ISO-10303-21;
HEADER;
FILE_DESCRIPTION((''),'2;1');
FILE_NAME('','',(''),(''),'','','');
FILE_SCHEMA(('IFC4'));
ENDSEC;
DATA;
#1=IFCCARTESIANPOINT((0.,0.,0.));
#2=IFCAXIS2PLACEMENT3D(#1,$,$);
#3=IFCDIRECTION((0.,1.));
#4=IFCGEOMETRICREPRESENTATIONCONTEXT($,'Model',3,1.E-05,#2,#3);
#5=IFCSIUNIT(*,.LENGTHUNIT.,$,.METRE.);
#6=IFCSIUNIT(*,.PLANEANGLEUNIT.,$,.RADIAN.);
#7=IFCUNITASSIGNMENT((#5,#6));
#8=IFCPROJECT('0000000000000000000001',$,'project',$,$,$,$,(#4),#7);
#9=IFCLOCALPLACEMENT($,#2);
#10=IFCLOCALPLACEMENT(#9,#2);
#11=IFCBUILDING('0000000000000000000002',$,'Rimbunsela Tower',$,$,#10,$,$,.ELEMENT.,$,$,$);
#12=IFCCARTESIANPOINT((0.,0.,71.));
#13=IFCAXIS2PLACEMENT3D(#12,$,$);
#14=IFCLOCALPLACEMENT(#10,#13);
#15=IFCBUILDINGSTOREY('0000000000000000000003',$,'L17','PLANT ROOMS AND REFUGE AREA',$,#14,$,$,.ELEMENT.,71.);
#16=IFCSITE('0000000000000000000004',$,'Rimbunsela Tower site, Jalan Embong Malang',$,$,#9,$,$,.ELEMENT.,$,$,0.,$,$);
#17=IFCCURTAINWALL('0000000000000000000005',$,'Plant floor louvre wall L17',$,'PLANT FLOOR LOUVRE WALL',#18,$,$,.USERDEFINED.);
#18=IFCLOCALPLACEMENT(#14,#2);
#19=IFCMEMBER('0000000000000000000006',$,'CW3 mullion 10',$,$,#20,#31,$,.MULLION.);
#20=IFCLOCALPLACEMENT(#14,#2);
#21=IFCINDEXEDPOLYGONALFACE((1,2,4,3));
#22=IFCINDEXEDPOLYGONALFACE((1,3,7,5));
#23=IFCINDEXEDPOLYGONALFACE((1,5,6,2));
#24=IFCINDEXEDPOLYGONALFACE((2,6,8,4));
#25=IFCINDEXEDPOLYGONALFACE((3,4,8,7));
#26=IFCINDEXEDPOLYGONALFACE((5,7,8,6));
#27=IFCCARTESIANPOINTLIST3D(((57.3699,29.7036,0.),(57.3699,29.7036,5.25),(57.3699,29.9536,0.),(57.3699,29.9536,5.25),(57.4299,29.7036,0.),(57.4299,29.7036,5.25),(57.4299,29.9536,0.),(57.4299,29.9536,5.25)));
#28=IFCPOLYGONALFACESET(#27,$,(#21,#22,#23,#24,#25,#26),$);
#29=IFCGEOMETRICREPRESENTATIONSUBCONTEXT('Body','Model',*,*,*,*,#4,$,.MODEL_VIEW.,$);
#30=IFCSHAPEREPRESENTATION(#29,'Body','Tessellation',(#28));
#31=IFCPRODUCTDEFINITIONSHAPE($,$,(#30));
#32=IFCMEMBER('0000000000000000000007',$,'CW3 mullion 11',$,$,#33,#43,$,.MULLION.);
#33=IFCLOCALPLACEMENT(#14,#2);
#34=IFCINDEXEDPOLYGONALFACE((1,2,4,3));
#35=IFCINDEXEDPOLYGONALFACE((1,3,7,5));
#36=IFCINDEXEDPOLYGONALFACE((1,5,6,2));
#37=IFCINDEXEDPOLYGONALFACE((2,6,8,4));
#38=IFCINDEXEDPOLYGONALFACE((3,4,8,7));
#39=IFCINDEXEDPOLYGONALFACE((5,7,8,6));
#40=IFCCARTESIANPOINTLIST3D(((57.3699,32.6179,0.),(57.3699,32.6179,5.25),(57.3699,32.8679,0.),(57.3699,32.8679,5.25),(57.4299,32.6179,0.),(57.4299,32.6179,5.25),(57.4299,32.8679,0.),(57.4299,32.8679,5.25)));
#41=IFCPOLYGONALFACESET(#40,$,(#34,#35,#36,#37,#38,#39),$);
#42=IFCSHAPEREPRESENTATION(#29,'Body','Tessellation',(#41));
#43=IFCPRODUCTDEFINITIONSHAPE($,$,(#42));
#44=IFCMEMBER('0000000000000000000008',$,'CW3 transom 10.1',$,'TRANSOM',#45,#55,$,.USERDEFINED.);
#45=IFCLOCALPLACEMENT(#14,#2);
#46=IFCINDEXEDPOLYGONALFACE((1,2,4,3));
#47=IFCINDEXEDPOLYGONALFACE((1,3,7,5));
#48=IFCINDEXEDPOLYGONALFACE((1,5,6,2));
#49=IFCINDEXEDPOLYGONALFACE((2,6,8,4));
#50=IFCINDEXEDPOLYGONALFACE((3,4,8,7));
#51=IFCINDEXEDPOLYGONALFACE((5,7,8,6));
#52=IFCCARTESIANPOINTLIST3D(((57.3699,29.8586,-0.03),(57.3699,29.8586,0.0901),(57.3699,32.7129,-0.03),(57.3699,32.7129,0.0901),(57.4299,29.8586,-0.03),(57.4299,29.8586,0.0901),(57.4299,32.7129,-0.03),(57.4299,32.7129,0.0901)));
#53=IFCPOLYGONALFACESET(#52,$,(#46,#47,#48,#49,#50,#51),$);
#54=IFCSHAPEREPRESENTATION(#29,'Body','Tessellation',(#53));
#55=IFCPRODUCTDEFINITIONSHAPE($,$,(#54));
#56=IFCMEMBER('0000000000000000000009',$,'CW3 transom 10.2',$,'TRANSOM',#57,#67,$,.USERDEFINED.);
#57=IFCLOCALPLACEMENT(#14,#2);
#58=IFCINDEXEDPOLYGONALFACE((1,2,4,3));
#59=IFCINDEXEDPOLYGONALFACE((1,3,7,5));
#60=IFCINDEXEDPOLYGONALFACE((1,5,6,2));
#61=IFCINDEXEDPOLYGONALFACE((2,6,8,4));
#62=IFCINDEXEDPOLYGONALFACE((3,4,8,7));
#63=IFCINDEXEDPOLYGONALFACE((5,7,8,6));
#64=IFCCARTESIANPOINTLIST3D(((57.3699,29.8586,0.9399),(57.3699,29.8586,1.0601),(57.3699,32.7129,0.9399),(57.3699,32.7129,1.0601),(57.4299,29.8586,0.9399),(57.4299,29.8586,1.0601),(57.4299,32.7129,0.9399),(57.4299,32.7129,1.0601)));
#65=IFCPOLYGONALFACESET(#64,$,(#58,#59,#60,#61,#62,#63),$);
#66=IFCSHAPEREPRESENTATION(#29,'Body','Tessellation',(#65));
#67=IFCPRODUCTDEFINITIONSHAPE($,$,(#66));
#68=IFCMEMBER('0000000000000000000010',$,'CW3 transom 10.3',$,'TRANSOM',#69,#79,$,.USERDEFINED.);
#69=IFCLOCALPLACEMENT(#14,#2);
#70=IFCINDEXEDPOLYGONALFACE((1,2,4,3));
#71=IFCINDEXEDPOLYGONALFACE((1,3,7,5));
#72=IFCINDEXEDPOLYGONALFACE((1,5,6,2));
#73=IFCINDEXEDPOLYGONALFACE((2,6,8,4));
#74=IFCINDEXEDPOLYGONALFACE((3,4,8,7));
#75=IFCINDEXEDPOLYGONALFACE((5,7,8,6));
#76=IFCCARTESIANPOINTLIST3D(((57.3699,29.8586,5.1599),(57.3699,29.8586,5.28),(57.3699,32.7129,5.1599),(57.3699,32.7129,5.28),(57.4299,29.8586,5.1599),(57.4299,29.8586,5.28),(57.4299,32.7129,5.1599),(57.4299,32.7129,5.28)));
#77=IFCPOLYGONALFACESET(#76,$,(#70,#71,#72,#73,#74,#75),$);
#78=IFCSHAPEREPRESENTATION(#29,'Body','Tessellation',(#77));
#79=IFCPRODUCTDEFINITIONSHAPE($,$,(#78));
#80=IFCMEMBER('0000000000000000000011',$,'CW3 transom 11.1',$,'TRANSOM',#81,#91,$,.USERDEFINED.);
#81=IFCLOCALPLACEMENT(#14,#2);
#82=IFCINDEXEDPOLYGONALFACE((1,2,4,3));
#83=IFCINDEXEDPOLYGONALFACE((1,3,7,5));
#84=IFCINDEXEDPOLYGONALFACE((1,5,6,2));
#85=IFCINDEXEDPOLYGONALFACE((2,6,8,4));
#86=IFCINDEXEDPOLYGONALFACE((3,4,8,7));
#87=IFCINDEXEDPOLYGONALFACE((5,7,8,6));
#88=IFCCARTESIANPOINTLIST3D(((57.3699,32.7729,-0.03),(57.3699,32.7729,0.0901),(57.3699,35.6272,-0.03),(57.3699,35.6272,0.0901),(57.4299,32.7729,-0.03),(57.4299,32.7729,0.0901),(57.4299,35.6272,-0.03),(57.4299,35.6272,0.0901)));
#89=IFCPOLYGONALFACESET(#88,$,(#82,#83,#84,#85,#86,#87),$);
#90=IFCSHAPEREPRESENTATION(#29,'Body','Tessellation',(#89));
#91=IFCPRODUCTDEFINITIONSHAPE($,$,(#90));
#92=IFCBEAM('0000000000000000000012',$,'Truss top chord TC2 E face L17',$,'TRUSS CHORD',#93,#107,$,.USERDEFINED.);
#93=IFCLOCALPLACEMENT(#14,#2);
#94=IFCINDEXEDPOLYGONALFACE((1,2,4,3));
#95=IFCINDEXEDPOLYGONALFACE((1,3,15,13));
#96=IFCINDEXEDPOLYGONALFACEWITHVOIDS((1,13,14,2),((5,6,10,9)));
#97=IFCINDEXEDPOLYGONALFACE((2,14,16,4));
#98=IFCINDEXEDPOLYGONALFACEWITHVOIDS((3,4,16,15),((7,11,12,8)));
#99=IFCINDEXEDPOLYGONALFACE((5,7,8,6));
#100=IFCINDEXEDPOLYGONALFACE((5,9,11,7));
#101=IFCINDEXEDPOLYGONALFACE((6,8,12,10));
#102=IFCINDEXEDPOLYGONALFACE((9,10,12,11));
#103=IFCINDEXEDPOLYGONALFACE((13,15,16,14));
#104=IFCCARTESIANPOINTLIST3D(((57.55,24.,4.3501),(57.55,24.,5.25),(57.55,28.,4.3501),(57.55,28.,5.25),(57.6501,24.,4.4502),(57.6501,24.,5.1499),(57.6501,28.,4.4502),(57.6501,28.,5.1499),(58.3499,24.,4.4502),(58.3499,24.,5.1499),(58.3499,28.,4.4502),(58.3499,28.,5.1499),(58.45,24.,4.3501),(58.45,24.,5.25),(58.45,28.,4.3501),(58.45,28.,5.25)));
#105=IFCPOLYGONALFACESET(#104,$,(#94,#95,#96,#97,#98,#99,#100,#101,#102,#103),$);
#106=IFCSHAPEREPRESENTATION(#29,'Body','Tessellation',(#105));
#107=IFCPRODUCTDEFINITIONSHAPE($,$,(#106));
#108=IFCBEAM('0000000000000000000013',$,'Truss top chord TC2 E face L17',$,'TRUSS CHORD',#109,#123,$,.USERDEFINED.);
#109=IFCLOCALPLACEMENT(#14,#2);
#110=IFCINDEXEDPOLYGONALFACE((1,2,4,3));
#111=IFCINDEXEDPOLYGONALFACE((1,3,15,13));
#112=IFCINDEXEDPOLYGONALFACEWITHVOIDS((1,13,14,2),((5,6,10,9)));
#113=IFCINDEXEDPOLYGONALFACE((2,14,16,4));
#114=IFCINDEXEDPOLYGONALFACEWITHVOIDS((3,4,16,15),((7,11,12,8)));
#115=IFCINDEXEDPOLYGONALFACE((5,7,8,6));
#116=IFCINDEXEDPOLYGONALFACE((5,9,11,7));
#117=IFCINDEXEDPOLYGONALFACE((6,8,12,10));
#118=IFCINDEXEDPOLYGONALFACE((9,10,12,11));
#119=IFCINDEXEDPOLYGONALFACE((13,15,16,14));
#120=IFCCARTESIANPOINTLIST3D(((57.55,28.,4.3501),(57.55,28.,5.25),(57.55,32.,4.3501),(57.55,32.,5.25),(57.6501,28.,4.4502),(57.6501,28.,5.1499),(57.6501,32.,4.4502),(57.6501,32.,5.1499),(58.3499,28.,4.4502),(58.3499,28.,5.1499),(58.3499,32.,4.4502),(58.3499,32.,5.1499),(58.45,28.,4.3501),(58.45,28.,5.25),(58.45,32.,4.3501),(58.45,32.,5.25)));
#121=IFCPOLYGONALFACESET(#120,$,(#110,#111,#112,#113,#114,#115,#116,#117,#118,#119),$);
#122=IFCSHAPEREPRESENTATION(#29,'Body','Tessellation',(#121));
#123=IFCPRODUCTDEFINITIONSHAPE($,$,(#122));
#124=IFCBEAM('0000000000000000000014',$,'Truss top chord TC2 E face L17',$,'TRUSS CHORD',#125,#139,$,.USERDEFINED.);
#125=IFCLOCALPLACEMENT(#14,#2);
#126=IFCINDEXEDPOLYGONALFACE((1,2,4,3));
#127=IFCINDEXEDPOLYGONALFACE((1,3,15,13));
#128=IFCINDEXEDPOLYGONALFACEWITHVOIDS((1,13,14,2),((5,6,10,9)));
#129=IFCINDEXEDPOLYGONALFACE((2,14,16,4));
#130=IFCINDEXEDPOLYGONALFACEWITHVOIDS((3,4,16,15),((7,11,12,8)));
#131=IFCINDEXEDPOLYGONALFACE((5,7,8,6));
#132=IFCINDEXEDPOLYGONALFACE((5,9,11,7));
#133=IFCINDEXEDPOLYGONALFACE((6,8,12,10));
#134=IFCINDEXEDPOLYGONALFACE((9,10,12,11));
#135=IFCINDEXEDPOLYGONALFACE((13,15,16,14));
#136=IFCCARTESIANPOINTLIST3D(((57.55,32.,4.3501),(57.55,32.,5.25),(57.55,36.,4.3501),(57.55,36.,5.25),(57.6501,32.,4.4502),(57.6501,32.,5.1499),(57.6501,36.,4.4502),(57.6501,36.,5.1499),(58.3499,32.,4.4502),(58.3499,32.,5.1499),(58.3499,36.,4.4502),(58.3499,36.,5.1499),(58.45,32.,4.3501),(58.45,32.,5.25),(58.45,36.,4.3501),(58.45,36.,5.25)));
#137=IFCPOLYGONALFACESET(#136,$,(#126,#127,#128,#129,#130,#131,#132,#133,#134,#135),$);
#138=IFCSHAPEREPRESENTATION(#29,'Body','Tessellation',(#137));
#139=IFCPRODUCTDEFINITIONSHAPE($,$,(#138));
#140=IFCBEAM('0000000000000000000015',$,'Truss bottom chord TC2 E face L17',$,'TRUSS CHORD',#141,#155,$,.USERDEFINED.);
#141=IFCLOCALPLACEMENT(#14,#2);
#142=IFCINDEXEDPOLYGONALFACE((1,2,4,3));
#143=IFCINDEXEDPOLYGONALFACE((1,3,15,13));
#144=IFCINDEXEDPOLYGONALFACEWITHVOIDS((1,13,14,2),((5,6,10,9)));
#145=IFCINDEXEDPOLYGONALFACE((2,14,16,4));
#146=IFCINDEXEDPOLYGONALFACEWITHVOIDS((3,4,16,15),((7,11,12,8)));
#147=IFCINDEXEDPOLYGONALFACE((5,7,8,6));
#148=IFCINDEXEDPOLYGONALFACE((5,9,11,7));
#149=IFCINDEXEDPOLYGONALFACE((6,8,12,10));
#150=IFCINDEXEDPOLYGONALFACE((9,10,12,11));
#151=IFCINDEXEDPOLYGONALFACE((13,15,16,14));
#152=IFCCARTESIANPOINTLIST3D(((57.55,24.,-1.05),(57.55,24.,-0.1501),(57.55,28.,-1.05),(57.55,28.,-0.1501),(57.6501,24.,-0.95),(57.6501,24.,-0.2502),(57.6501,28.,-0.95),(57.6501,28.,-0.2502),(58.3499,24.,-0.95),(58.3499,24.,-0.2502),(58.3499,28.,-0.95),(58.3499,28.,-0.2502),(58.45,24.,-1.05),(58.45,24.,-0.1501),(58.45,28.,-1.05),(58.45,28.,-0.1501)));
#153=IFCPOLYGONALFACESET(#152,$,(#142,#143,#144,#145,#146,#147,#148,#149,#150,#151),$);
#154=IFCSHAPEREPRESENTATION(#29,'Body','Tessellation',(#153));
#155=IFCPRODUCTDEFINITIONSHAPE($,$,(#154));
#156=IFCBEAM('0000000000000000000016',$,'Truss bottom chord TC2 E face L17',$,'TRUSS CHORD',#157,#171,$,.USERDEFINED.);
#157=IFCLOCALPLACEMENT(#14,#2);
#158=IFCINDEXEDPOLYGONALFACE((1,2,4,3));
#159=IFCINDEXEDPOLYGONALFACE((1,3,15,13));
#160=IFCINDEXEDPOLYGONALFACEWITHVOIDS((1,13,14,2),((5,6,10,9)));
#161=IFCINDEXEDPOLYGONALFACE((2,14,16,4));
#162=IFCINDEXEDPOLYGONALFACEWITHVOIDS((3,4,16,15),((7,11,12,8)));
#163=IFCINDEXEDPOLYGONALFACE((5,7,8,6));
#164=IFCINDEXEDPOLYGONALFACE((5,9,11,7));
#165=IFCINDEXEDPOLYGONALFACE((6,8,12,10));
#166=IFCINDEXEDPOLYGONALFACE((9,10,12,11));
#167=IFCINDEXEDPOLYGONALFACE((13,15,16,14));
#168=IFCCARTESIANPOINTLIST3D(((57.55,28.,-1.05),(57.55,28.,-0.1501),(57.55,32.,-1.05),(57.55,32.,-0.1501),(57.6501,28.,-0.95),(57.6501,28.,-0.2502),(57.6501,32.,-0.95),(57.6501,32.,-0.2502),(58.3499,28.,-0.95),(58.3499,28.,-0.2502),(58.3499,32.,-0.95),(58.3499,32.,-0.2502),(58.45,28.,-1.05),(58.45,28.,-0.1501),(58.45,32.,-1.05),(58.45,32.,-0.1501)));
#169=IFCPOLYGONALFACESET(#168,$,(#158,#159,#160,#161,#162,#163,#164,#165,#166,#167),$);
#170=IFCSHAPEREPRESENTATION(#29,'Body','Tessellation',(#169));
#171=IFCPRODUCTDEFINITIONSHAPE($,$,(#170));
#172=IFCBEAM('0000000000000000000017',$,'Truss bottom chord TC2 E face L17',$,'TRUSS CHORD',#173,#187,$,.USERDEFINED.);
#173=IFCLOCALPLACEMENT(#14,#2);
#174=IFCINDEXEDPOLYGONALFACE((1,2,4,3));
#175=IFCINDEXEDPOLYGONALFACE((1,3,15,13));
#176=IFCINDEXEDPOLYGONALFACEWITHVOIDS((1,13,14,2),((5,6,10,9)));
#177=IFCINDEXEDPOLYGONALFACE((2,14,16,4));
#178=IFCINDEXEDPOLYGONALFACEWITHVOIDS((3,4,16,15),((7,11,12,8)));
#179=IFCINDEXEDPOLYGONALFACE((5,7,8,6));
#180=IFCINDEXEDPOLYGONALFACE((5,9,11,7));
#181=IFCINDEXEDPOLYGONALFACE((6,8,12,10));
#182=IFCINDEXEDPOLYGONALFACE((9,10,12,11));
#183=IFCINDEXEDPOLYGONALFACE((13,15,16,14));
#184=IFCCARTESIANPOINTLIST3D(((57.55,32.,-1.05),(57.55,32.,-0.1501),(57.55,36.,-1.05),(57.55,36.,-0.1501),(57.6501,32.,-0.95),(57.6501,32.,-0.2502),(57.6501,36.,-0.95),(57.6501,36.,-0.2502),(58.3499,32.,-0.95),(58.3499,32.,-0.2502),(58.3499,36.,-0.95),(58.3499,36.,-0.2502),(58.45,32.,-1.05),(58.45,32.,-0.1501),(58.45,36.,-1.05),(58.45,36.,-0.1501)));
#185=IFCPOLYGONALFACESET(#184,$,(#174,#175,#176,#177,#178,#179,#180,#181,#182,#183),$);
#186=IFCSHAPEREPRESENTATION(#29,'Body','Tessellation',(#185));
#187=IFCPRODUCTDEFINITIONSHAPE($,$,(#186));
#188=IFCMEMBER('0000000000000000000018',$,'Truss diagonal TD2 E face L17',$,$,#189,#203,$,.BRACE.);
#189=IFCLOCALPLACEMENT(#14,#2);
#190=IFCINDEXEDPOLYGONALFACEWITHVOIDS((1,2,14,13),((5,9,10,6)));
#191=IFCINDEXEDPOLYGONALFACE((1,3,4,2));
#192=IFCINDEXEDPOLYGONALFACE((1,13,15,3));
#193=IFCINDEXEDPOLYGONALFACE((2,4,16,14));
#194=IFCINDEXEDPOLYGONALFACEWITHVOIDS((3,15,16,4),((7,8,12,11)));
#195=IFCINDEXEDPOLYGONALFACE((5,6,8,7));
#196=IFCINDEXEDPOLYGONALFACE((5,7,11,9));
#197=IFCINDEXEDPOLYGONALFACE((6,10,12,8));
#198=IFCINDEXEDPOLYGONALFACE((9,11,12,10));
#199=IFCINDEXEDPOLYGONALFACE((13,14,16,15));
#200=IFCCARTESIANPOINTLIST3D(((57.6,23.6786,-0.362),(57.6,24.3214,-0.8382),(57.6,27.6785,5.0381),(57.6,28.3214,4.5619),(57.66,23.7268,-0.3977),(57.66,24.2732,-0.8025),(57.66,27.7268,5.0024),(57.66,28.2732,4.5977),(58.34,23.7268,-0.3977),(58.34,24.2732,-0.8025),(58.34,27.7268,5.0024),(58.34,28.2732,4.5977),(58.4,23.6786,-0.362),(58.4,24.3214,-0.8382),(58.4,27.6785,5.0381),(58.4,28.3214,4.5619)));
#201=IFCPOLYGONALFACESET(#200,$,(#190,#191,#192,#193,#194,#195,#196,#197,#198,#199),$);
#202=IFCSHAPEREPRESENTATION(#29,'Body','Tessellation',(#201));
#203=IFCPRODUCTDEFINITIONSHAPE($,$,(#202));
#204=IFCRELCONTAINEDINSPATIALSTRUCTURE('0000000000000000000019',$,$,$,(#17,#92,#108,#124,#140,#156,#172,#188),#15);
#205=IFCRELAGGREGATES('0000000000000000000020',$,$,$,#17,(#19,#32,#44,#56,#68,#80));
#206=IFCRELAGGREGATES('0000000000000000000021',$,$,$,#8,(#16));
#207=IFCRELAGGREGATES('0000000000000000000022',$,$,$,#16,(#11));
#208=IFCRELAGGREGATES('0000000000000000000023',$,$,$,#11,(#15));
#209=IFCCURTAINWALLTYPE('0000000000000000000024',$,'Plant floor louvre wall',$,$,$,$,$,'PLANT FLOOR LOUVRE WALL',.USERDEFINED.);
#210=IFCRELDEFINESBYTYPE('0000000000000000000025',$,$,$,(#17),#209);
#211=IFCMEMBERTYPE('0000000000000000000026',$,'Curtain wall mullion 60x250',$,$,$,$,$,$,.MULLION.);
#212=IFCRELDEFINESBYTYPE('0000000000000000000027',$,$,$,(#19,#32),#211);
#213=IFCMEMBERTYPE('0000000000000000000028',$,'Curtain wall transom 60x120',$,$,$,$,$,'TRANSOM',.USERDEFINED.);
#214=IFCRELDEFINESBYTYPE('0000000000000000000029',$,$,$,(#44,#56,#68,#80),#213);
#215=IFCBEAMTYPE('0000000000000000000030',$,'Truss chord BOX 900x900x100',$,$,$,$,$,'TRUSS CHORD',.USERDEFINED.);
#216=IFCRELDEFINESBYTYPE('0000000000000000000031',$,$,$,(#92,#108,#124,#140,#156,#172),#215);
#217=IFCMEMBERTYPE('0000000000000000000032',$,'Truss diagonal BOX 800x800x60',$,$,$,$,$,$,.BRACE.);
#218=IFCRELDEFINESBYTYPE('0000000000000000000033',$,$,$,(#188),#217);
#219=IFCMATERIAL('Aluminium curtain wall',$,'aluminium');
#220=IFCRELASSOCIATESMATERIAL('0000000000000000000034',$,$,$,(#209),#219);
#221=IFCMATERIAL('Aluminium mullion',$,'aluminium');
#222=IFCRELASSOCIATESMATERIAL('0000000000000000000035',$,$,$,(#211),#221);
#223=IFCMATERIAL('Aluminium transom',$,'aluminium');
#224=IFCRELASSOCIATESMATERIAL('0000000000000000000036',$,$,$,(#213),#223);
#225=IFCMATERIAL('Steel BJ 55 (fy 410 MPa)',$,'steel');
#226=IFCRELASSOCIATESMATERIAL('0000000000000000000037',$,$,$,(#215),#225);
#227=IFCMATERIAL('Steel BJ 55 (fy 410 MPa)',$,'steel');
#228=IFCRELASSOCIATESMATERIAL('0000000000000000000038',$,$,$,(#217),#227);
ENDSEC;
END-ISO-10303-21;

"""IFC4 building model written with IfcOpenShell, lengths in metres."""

from ifc_helpers import new_model, si_unit, direction, frame, origin, origin_2d, place, context, subcontext, project, spatial, rectangle, hollow_rectangle, extrude, material, material_profile, profile_set, type_object, element, aggregate, save


model = new_model("IFC4")

# Units and contexts
model_context = context("Model", 3, precision=1e-05, world=origin(), true_north=direction((0.0, 1.0)))
body_context = subcontext(model_context, "Body", "Model", "MODEL_VIEW")
ifc_project = project(units=[si_unit("LENGTHUNIT", "METRE"), si_unit("PLANEANGLEUNIT", "RADIAN")], contexts=[model_context])

# Site, building, storey
site_placement = place(None, origin())
site = spatial("IfcSite", under=ifc_project, at=site_placement, Name="Rimbunsela Tower site, Jalan Embong Malang", CompositionType="ELEMENT", RefElevation=0.0)
building_placement = place(site_placement, origin())
building = spatial("IfcBuilding", under=site, at=building_placement, Name="Rimbunsela Tower", CompositionType="ELEMENT")
storey_placement = place(building_placement, frame((0.0, 0.0, 71.0)))
storey = spatial("IfcBuildingStorey", under=building, at=storey_placement, Name="L17", Description="PLANT ROOMS AND REFUGE AREA", CompositionType="ELEMENT", Elevation=71.0)

# Curtain wall, members
ifc_material_1 = material(Name="Aluminium curtain wall", Category="aluminium")
curtain_wall_type = type_object("IfcCurtainWallType", Name="Plant floor louvre wall", ElementType="PLANT FLOOR LOUVRE WALL", PredefinedType="USERDEFINED", material=ifc_material_1)
curtain_wall_placement = place(storey_placement, origin())
curtain_wall = element("IfcCurtainWall", 1, at=curtain_wall_placement, inside=storey, type_object=curtain_wall_type, Name="Plant floor louvre wall L17", ObjectType="PLANT FLOOR LOUVRE WALL", PredefinedType="USERDEFINED")
ifc_material_2 = material(Name="Aluminium mullion", Category="aluminium")
ifc_material_profile_1 = material_profile(ifc_material_2, rectangle(XDim=0.0601, YDim=0.25, at=origin_2d()), Name="Mullion 60x250")
ifc_profile_set_1 = profile_set([ifc_material_profile_1], Name="Aluminium mullion")
member_type_1 = type_object("IfcMemberType", Name="Curtain wall mullion 60x250", PredefinedType="MULLION", material=ifc_profile_set_1)
member_1_placement = place(storey_placement, frame((57.3999, 29.8286, 0.0), z_axis=(0.0, 0.0, 1.0), x_axis=(-1.0, 0.0, 0.0)))
member_1 = element("IfcMember", 2, at=member_1_placement, type_object=member_type_1, Name="CW3 mullion 10", PredefinedType="MULLION", context=body_context, shape_type="SweptSolid", body=[
    extrude(rectangle(XDim=0.0601, YDim=0.25, at=origin_2d()), origin(), (0.0, 0.0, 1.0), 5.25),
])
member_2_placement = place(storey_placement, frame((57.3999, 32.7429, 0.0), z_axis=(0.0, 0.0, 1.0), x_axis=(-1.0, 0.0, 0.0)))
member_2 = element("IfcMember", 3, at=member_2_placement, type_object=member_type_1, Name="CW3 mullion 11", PredefinedType="MULLION", context=body_context, shape_type="SweptSolid", body=[
    extrude(rectangle(XDim=0.0601, YDim=0.25, at=origin_2d()), origin(), (0.0, 0.0, 1.0), 5.25),
])
ifc_material_3 = material(Name="Aluminium transom", Category="aluminium")
ifc_material_profile_2 = material_profile(ifc_material_3, rectangle(XDim=0.0601, YDim=0.1201, at=origin_2d()), Name="Transom 60x120")
ifc_profile_set_2 = profile_set([ifc_material_profile_2], Name="Aluminium transom")
member_type_2 = type_object("IfcMemberType", Name="Curtain wall transom 60x120", ElementType="TRANSOM", PredefinedType="USERDEFINED", material=ifc_profile_set_2)
member_3_placement = place(storey_placement, frame((57.3999, 29.8586, 0.03), z_axis=(0.0, 1.0, 0.0), x_axis=(-1.0, 0.0, 0.0)))
member_3 = element("IfcMember", 4, at=member_3_placement, type_object=member_type_2, Name="CW3 transom 10.1", ObjectType="TRANSOM", PredefinedType="USERDEFINED", context=body_context, shape_type="SweptSolid", body=[
    extrude(rectangle(XDim=0.0601, YDim=0.1201, at=origin_2d()), origin(), (0.0, 0.0, 1.0), 2.8542),
])
member_4_placement = place(storey_placement, frame((57.3999, 29.8586, 1.0), z_axis=(0.0, 1.0, 0.0), x_axis=(-1.0, 0.0, 0.0)))
member_4 = element("IfcMember", 5, at=member_4_placement, type_object=member_type_2, Name="CW3 transom 10.2", ObjectType="TRANSOM", PredefinedType="USERDEFINED", context=body_context, shape_type="SweptSolid", body=[
    extrude(rectangle(XDim=0.0601, YDim=0.1201, at=origin_2d()), origin(), (0.0, 0.0, 1.0), 2.8542),
])
member_5_placement = place(storey_placement, frame((57.3999, 29.8586, 5.22), z_axis=(0.0, 1.0, 0.0), x_axis=(-1.0, 0.0, 0.0)))
member_5 = element("IfcMember", 6, at=member_5_placement, type_object=member_type_2, Name="CW3 transom 10.3", ObjectType="TRANSOM", PredefinedType="USERDEFINED", context=body_context, shape_type="SweptSolid", body=[
    extrude(rectangle(XDim=0.0601, YDim=0.1201, at=origin_2d()), origin(), (0.0, 0.0, 1.0), 2.8542),
])
member_6_placement = place(storey_placement, frame((57.3999, 32.7729, 0.03), z_axis=(0.0, 1.0, 0.0), x_axis=(-1.0, 0.0, 0.0)))
member_6 = element("IfcMember", 7, at=member_6_placement, type_object=member_type_2, Name="CW3 transom 11.1", ObjectType="TRANSOM", PredefinedType="USERDEFINED", context=body_context, shape_type="SweptSolid", body=[
    extrude(rectangle(XDim=0.0601, YDim=0.1201, at=origin_2d()), origin(), (0.0, 0.0, 1.0), 2.8542),
])

# Beams
ifc_material_4 = material(Name="Steel BJ 55 (fy 410 MPa)", Category="steel")
ifc_material_profile_3 = material_profile(ifc_material_4, hollow_rectangle(XDim=0.8999, YDim=0.8999, WallThickness=0.1001, at=origin_2d()), Name="BOX 900x900x100")
ifc_profile_set_3 = profile_set([ifc_material_profile_3], Name="Steel BJ 55 (fy 410 MPa)")
beam_type = type_object("IfcBeamType", Name="Truss chord BOX 900x900x100", ElementType="TRUSS CHORD", PredefinedType="USERDEFINED", material=ifc_profile_set_3)
for number, where, z_axis, x_axis, name in (
    (8, (58.0, 24.0, 4.8), (0.0, 1.0, 0.0), (-1.0, 0.0, 0.0), "Truss top chord TC2 E face L17"),
    (9, (58.0, 28.0, 4.8), (0.0, 1.0, 0.0), (-1.0, 0.0, 0.0), "Truss top chord TC2 E face L17"),
    (10, (58.0, 32.0, 4.8), (0.0, 1.0, 0.0), (-1.0, 0.0, 0.0), "Truss top chord TC2 E face L17"),
    (11, (58.0, 24.0, -0.6001), (0.0, 1.0, 0.0), (-1.0, 0.0, 0.0), "Truss bottom chord TC2 E face L17"),
    (12, (58.0, 28.0, -0.6001), (0.0, 1.0, 0.0), (-1.0, 0.0, 0.0), "Truss bottom chord TC2 E face L17"),
    (13, (58.0, 32.0, -0.6001), (0.0, 1.0, 0.0), (-1.0, 0.0, 0.0), "Truss bottom chord TC2 E face L17"),
):
    element("IfcBeam", number, at=place(storey_placement, frame(where, z_axis=z_axis, x_axis=x_axis)), inside=storey, type_object=beam_type, Name=name, ObjectType="TRUSS CHORD", PredefinedType="USERDEFINED", context=body_context, shape_type="SweptSolid", body=[
        extrude(hollow_rectangle(XDim=0.8999, YDim=0.8999, WallThickness=0.1001, at=origin_2d()), origin(), (0.0, 0.0, 1.0), 4.0),
    ])

# Member
ifc_material_5 = material(Name="Steel BJ 55 (fy 410 MPa)", Category="steel")
ifc_material_profile_4 = material_profile(ifc_material_5, hollow_rectangle(XDim=0.8, YDim=0.8, WallThickness=0.0601, at=origin_2d()), Name="BOX 800x800x60")
ifc_profile_set_4 = profile_set([ifc_material_profile_4], Name="Steel BJ 55 (fy 410 MPa)")
member_type_3 = type_object("IfcMemberType", Name="Truss diagonal BOX 800x800x60", PredefinedType="BRACE", material=ifc_profile_set_4)
for number, where, z_axis, x_axis, name in (
    (14, (58.0, 24.0, -0.6001), (0.0, 0.595217, 0.803565), (-1.0, 0.0, 0.0), "Truss diagonal TD2 E face L17"),
):
    element("IfcMember", number, at=place(storey_placement, frame(where, z_axis=z_axis, x_axis=x_axis)), inside=storey, type_object=member_type_3, Name=name, PredefinedType="BRACE", context=body_context, shape_type="SweptSolid", body=[
        extrude(hollow_rectangle(XDim=0.8, YDim=0.8, WallThickness=0.0601, at=origin_2d()), origin(), (0.0, 0.0, 1.0), 6.7202),
    ])

aggregate(curtain_wall, [member_1, member_2, member_3, member_4, member_5, member_6])

save(model, "model.ifc")
